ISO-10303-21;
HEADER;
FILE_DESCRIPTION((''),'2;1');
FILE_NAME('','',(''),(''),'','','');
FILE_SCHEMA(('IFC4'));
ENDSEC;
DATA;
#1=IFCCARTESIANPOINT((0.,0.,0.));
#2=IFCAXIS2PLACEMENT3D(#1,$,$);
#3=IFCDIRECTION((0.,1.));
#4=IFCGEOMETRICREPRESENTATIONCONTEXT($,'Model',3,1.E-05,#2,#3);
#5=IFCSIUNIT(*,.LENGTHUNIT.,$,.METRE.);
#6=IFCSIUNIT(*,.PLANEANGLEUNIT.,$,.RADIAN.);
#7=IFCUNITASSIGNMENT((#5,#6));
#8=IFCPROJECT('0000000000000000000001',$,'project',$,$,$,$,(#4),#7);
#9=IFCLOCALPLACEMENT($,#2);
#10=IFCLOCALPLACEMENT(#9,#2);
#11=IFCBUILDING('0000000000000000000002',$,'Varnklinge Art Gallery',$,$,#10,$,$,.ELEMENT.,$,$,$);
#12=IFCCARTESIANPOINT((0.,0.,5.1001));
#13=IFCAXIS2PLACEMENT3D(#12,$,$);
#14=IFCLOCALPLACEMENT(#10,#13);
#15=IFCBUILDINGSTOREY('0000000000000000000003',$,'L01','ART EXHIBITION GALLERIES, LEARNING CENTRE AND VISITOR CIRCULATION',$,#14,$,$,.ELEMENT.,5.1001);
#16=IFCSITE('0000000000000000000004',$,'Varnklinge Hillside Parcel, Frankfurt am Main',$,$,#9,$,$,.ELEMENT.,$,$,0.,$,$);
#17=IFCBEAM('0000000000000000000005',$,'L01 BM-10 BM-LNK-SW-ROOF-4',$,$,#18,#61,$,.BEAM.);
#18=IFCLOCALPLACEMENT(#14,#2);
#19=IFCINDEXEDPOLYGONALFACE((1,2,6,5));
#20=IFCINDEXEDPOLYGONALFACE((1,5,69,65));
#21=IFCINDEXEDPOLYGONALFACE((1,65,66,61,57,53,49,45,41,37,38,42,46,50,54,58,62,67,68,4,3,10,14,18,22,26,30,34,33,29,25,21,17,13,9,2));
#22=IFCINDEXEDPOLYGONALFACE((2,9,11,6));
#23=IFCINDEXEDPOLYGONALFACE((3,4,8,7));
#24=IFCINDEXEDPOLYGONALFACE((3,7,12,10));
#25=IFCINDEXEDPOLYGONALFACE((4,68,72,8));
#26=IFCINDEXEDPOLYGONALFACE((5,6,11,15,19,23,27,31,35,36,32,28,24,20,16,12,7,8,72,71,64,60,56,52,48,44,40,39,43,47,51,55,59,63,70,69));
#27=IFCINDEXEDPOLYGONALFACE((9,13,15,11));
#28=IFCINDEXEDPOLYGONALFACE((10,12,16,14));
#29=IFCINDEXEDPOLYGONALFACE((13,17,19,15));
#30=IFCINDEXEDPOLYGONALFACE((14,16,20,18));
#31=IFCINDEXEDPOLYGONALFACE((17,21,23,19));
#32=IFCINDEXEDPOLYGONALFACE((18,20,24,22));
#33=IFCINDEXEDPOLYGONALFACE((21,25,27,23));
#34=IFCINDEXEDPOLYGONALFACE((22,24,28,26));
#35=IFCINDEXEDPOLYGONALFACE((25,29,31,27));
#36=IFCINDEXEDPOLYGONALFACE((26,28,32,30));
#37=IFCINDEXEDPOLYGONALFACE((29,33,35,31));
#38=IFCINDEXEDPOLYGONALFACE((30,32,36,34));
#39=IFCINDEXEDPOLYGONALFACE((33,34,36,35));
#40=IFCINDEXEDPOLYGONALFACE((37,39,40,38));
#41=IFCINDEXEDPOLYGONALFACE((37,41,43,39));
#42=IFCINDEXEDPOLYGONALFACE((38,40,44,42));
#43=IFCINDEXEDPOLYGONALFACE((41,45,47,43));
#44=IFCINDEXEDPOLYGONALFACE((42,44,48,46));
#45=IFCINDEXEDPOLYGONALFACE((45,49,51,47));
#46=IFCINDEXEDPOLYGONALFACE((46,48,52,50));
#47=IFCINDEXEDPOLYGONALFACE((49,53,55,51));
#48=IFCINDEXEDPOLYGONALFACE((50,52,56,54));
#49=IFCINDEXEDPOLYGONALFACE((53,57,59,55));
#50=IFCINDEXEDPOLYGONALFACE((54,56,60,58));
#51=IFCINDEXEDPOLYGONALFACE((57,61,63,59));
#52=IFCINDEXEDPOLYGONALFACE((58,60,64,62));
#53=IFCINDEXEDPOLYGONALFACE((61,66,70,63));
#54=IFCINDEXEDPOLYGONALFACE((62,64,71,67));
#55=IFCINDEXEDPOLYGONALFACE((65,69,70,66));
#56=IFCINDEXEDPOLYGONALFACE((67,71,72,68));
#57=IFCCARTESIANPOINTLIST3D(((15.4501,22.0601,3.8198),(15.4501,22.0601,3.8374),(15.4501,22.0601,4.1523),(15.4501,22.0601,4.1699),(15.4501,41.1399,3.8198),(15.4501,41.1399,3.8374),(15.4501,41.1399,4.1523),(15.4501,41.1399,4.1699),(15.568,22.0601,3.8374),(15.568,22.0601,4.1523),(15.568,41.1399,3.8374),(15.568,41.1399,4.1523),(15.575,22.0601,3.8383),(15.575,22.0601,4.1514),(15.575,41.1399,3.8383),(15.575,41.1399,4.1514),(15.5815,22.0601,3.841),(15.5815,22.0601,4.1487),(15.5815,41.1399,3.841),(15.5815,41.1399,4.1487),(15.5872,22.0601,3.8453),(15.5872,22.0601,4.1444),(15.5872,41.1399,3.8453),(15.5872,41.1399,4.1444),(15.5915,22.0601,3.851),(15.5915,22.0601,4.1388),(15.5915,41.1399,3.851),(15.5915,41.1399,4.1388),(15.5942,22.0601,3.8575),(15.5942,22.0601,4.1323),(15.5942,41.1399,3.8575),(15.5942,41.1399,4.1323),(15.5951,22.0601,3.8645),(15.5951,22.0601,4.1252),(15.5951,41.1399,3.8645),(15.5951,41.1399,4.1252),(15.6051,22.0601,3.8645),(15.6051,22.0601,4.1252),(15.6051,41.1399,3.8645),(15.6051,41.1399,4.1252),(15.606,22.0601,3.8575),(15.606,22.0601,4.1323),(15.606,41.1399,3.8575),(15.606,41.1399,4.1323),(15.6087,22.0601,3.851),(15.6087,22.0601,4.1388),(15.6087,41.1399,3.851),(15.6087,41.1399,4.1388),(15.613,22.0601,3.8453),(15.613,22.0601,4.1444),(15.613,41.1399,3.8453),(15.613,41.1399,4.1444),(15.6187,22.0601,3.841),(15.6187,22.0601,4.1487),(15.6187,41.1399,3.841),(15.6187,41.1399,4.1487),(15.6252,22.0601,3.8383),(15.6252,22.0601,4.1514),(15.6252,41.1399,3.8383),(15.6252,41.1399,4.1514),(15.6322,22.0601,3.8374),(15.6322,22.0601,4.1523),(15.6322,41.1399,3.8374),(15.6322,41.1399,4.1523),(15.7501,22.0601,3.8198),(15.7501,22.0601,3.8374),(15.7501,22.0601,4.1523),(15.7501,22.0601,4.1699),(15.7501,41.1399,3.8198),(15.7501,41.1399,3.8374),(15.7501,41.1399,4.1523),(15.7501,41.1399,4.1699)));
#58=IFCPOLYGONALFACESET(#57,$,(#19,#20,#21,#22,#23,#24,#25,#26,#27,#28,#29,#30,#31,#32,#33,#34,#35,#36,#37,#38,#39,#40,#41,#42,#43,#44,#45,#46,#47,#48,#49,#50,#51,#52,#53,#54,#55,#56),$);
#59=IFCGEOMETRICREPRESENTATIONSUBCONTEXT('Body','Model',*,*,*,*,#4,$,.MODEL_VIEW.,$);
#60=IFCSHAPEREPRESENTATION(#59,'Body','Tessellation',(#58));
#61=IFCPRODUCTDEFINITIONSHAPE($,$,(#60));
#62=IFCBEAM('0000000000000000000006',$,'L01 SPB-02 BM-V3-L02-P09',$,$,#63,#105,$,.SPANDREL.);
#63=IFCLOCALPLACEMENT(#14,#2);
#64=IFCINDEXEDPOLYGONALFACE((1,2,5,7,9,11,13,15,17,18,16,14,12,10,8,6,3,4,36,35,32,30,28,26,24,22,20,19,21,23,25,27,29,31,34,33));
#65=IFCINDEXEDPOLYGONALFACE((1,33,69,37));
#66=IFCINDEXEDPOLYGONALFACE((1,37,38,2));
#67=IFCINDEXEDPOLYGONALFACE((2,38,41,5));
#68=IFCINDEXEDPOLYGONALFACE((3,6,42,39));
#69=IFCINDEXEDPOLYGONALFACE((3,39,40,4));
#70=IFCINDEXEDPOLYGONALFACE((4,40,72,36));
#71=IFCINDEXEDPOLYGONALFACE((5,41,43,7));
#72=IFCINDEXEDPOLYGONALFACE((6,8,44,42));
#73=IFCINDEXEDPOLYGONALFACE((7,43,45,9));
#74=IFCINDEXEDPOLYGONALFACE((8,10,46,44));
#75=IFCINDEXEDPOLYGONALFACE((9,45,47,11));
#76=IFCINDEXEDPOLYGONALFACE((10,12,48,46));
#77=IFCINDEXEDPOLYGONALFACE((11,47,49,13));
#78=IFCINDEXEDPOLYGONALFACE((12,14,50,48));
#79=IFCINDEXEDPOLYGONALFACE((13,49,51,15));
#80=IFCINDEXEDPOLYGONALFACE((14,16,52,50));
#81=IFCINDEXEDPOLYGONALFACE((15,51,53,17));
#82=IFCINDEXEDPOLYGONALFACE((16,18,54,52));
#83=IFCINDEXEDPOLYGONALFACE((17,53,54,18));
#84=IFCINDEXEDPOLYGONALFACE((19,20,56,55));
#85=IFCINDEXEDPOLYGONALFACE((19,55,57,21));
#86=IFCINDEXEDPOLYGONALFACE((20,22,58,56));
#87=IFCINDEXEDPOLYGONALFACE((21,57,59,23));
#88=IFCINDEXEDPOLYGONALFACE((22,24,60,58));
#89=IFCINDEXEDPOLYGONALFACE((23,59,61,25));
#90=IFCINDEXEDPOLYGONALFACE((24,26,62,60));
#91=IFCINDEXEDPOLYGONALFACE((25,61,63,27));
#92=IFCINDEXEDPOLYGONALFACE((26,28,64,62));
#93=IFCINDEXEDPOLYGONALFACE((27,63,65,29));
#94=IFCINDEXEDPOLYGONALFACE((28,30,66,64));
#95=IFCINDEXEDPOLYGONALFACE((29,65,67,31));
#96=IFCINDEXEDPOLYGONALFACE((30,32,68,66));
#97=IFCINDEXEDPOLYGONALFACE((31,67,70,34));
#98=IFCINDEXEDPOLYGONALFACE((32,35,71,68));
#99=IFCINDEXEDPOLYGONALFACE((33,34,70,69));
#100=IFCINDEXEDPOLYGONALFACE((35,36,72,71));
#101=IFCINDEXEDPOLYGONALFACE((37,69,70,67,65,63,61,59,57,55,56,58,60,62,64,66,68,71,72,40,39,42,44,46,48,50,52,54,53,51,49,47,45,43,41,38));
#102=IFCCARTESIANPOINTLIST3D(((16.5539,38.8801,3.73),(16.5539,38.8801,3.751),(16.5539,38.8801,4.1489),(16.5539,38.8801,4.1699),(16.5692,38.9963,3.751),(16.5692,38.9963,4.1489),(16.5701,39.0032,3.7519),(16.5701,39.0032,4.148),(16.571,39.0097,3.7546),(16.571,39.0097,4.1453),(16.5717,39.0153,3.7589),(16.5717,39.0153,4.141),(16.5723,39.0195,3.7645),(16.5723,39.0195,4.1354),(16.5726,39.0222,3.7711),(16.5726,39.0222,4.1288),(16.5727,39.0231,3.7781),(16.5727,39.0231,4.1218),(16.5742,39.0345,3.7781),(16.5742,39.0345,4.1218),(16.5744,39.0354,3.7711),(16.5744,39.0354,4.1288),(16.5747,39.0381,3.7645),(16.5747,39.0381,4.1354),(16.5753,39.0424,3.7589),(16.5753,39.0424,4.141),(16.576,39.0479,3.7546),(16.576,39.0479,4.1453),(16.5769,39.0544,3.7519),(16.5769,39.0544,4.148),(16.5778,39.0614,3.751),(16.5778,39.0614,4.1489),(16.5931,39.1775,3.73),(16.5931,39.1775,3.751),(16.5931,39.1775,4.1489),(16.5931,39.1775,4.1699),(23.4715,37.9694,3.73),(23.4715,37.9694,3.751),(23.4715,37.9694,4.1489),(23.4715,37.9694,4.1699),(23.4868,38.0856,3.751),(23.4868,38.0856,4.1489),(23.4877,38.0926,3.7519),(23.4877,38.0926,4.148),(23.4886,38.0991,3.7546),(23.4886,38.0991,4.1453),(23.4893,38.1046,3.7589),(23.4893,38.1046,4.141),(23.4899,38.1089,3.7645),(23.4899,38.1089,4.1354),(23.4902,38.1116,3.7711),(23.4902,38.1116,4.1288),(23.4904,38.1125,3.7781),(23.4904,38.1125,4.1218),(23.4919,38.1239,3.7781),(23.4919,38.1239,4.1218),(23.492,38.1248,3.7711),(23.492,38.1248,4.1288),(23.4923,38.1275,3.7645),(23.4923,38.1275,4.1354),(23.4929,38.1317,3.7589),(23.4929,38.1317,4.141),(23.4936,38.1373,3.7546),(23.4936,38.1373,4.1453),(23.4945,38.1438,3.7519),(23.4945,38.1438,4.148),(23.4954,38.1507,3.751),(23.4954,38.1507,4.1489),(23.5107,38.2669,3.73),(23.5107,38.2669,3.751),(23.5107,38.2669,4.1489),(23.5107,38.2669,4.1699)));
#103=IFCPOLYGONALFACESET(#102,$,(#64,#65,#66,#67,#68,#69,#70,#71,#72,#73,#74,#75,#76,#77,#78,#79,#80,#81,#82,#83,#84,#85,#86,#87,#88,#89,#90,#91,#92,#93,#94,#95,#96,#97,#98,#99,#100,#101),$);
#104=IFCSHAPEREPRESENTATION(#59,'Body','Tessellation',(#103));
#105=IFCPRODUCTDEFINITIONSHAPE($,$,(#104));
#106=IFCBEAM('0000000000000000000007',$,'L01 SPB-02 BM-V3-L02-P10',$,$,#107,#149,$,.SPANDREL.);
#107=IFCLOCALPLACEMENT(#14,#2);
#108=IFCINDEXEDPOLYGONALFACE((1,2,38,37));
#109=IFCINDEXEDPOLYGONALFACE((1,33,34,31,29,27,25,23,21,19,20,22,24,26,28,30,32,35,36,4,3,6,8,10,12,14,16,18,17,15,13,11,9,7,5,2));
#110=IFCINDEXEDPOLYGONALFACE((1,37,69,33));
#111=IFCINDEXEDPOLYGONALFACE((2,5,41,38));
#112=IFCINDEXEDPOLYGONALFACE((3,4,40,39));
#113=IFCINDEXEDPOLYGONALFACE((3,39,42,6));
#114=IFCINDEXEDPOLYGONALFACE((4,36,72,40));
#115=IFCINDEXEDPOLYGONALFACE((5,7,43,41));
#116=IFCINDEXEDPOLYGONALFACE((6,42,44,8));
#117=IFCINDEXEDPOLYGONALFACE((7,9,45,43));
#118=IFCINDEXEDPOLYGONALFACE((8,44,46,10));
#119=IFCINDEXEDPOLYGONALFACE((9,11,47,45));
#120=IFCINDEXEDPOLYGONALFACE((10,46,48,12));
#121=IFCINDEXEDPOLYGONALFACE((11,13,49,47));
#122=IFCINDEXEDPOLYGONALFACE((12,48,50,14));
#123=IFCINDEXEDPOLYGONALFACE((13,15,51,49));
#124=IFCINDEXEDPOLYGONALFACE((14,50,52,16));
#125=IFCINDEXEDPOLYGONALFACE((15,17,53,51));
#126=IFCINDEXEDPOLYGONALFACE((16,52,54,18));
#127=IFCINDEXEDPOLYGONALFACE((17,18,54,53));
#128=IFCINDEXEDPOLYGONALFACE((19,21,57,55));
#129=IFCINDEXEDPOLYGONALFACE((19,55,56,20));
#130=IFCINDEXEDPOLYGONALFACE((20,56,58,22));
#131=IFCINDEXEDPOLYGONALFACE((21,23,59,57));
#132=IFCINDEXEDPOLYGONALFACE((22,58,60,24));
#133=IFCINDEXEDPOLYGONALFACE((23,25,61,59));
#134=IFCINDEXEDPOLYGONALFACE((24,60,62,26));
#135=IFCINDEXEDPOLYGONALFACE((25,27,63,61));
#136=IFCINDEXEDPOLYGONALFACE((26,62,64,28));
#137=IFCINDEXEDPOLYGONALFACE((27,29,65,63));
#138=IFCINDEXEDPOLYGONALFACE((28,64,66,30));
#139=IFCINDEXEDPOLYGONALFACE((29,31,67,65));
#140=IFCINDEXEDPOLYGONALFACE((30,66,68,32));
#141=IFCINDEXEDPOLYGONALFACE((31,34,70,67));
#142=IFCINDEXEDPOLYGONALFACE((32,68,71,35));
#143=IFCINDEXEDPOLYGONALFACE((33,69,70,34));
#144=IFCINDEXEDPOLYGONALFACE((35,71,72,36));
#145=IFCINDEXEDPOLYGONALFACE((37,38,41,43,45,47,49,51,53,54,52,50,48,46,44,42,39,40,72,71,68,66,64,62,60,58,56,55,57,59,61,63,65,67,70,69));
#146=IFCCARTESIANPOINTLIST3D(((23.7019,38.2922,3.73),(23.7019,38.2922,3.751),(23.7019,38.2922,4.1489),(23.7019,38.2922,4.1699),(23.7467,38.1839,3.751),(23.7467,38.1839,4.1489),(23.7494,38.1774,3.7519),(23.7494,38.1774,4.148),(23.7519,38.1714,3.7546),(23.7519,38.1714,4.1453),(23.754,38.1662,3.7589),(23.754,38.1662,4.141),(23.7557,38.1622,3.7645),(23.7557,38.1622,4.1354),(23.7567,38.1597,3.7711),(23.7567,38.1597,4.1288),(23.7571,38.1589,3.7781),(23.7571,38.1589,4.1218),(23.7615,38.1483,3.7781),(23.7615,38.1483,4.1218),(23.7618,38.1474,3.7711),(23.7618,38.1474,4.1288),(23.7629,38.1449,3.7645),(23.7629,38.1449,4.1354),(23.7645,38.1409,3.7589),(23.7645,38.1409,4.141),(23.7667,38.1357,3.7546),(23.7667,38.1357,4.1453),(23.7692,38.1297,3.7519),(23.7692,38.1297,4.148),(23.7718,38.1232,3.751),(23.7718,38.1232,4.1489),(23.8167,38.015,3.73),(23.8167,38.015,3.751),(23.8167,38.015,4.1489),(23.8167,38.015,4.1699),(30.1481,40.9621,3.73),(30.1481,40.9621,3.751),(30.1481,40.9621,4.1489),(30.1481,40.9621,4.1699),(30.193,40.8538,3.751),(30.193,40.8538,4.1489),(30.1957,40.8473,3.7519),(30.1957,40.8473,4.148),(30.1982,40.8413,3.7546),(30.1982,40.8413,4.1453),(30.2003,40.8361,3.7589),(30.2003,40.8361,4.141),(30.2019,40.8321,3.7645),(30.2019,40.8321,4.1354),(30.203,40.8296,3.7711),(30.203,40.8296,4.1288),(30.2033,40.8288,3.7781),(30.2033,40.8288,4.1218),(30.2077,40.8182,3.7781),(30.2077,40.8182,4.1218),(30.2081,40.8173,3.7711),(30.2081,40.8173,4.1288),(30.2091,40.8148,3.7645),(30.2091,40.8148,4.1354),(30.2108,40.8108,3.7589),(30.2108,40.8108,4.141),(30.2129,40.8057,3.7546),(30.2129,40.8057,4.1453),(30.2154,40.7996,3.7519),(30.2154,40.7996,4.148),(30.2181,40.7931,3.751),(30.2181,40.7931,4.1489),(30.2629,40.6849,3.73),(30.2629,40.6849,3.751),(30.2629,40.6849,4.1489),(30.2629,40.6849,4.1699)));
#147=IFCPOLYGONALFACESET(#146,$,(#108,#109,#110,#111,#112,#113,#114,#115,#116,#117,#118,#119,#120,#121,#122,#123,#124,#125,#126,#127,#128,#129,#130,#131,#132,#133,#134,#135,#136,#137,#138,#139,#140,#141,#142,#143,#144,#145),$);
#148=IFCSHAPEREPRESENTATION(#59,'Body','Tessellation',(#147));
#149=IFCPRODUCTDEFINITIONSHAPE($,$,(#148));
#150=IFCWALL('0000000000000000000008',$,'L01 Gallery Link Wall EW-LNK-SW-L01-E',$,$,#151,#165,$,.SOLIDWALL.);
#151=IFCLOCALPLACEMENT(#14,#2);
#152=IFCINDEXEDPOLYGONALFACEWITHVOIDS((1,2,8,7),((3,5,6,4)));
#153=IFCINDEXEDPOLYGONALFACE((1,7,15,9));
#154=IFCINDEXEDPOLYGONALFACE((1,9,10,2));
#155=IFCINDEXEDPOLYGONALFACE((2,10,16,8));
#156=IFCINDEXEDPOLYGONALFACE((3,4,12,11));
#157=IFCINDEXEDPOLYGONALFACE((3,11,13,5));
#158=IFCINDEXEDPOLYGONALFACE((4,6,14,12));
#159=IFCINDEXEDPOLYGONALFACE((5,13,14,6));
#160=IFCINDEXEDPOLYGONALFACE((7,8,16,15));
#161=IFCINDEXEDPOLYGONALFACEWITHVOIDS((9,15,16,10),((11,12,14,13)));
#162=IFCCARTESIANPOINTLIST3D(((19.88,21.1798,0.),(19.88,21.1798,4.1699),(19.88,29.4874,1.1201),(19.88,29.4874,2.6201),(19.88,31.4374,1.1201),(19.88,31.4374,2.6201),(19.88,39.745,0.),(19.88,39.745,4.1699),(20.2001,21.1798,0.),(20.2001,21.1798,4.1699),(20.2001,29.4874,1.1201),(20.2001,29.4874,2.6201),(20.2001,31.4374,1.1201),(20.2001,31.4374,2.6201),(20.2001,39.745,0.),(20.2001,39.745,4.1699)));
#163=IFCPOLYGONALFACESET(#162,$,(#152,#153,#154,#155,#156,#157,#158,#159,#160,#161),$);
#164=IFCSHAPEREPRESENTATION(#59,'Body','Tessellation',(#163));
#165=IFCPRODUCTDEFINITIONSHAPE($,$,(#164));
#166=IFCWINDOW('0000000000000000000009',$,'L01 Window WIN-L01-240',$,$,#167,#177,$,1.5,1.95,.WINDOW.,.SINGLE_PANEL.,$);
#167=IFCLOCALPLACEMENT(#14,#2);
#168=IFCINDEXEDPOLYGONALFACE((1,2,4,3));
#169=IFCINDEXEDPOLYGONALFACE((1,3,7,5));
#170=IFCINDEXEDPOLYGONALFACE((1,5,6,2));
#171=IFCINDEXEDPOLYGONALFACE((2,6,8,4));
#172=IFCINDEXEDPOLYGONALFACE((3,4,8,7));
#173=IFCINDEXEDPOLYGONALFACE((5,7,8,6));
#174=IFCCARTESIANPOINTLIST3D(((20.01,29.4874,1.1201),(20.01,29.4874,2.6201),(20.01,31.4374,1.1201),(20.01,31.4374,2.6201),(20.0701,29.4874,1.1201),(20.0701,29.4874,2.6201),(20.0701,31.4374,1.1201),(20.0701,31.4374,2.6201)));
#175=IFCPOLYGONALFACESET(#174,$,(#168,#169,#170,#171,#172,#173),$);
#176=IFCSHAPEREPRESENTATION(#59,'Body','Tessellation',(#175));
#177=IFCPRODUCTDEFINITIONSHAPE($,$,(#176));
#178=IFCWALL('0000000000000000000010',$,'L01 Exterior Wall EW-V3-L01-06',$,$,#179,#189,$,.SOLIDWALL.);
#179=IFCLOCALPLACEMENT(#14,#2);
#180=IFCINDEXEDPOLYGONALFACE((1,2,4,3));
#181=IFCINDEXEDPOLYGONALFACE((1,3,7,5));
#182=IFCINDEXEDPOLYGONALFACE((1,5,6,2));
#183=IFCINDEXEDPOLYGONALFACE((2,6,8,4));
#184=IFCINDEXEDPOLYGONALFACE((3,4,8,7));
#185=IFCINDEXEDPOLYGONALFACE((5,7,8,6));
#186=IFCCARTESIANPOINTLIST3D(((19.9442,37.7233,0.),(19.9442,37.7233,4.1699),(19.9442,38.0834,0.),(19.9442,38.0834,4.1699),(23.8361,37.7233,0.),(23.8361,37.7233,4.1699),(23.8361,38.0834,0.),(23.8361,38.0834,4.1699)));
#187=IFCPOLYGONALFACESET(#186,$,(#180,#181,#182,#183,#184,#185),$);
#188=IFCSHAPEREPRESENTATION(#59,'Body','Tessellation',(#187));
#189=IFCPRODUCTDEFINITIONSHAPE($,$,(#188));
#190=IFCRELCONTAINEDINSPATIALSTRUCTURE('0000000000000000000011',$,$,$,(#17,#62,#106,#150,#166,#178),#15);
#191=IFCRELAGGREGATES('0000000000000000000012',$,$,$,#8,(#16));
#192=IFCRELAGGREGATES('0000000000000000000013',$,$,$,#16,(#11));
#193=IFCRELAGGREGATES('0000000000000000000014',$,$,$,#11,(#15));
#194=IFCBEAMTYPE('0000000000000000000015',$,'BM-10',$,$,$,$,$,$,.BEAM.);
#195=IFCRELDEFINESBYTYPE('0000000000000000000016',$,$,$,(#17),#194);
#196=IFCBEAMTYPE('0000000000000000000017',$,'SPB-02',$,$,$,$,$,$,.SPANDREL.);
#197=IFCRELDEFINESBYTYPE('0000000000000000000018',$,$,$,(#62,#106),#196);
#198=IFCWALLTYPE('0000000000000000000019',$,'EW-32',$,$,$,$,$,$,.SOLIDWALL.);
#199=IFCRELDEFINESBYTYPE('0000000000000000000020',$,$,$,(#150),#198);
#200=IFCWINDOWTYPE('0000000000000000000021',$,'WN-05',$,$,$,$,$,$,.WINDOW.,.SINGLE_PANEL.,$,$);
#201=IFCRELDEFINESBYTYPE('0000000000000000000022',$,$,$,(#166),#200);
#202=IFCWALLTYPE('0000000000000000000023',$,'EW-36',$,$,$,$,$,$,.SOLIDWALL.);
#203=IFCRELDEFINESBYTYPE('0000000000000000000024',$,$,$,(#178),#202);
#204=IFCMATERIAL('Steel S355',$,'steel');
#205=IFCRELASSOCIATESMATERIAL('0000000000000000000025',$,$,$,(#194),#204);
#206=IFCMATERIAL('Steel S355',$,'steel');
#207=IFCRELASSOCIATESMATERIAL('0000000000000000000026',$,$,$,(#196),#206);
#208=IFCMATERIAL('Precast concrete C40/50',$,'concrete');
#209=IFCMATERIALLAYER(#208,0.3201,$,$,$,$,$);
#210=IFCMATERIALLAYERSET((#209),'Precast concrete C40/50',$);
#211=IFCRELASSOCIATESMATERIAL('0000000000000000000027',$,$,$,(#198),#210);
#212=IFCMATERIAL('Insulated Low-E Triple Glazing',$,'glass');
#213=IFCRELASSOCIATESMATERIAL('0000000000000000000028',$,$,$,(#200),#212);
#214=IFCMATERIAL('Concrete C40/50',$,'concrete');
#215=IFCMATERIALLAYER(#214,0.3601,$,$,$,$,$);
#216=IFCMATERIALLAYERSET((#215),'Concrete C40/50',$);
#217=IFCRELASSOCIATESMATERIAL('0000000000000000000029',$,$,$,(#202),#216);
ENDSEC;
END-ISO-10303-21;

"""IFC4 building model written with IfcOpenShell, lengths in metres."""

from ifc_helpers import new_model, si_unit, direction, frame, frame_2d, origin, origin_2d, place, context, subcontext, project, spatial, rectangle, i_section, extrude, material, layer, layer_set, material_profile, profile_set, type_object, element, fill, save


model = new_model("IFC4")

# Units and contexts
model_context = context("Model", 3, precision=1e-05, world=origin(), true_north=direction((0.0, 1.0)))
body_context = subcontext(model_context, "Body", "Model", "MODEL_VIEW")
ifc_project = project(units=[si_unit("LENGTHUNIT", "METRE"), si_unit("PLANEANGLEUNIT", "RADIAN")], contexts=[model_context])

# Site, building, storey
site_placement = place(None, origin())
site = spatial("IfcSite", under=ifc_project, at=site_placement, Name="Varnklinge Hillside Parcel, Frankfurt am Main", CompositionType="ELEMENT", RefElevation=0.0)
building_placement = place(site_placement, origin())
building = spatial("IfcBuilding", under=site, at=building_placement, Name="Varnklinge Art Gallery", CompositionType="ELEMENT")
storey_placement = place(building_placement, frame((0.0, 0.0, 5.1001)))
storey = spatial("IfcBuildingStorey", under=building, at=storey_placement, Name="L01", Description="ART EXHIBITION GALLERIES, LEARNING CENTRE AND VISITOR CIRCULATION", CompositionType="ELEMENT", Elevation=5.1001)

# Beams
ifc_material_1 = material(Name="Steel S355", Category="steel")
ifc_material_profile_1 = material_profile(ifc_material_1, i_section(OverallWidth=0.3, OverallDepth=0.3501, WebThickness=0.01, FlangeThickness=0.0176, FilletRadius=0.0271, at=origin_2d()), Name="HEA 360")
ifc_profile_set_1 = profile_set([ifc_material_profile_1], Name="Steel S355")
beam_type_1 = type_object("IfcBeamType", Name="BM-10", PredefinedType="BEAM", material=ifc_profile_set_1)
beam_1_placement = place(storey_placement, frame((15.6001, 41.1399, 3.9949), z_axis=(0.0, -1.0, 0.0), x_axis=(1.0, 0.0, 0.0)))
element("IfcBeam", 1, at=beam_1_placement, inside=storey, type_object=beam_type_1, Name="L01 BM-10 BM-LNK-SW-ROOF-4", PredefinedType="BEAM", context=body_context, shape_type="SweptSolid", body=[
    extrude(i_section(OverallWidth=0.3, OverallDepth=0.3501, WebThickness=0.01, FlangeThickness=0.0176, FilletRadius=0.0271, at=origin_2d()), origin(), (0.0, 0.0, 1.0), 19.0798),
])
ifc_material_2 = material(Name="Steel S355", Category="steel")
ifc_material_profile_2 = material_profile(ifc_material_2, i_section(OverallWidth=0.3, OverallDepth=0.4399, WebThickness=0.0115, FlangeThickness=0.021, FilletRadius=0.0271, at=origin_2d()), Name="HEA 450")
ifc_profile_set_2 = profile_set([ifc_material_profile_2], Name="Steel S355")
beam_type_2 = type_object("IfcBeamType", Name="SPB-02", PredefinedType="SPANDREL", material=ifc_profile_set_2)
for number, where, z_axis, x_axis, name in (
    (2, (16.5735, 39.0288, 3.95), (0.991447, -0.130513, 0.0), (0.130513, 0.991447, 0.0), "L01 SPB-02 BM-V3-L02-P09"),
    (3, (23.7593, 38.1536, 3.95), (0.923891, 0.382657, 0.0), (-0.382657, 0.923891, 0.0), "L01 SPB-02 BM-V3-L02-P10"),
):
    element("IfcBeam", number, at=place(storey_placement, frame(where, z_axis=z_axis, x_axis=x_axis)), inside=storey, type_object=beam_type_2, Name=name, PredefinedType="SPANDREL", context=body_context, shape_type="SweptSolid", body=[
        extrude(i_section(OverallWidth=0.3, OverallDepth=0.4399, WebThickness=0.0115, FlangeThickness=0.021, FilletRadius=0.0271, at=origin_2d()), origin(), (0.0, 0.0, 1.0), 6.9773),
    ])

# Wall, opening, window
ifc_material_3 = material(Name="Precast concrete C40/50", Category="concrete")
ifc_layer_1 = layer(ifc_material_3, 0.3201)
ifc_layer_set_1 = layer_set([ifc_layer_1], Name="Precast concrete C40/50")
wall_type_1 = type_object("IfcWallType", Name="EW-32", PredefinedType="SOLIDWALL", material=ifc_layer_set_1)
wall_1_placement = place(storey_placement, frame((20.04, 39.7451, 0.0), z_axis=(0.0, 0.0, 1.0), x_axis=(0.0, -1.0, 0.0)))
wall_1 = element("IfcWall", 4, at=wall_1_placement, inside=storey, type_object=wall_type_1, Name="L01 Gallery Link Wall EW-LNK-SW-L01-E", PredefinedType="SOLIDWALL", context=body_context, shape_type="SweptSolid", body=[
    extrude(rectangle(XDim=18.5652, YDim=0.3201, at=frame_2d((9.2827, 0.0))), origin(), (0.0, 0.0, 1.0), 4.1699),
])
opening_1_placement = place(wall_1_placement, frame((8.3076, 0.0, 1.1201)))
opening_1 = element("IfcOpeningElement", 5, at=opening_1_placement, cuts=wall_1, PredefinedType="OPENING", context=body_context, shape_type="SweptSolid", body=[
    extrude(rectangle(XDim=1.95, YDim=1.5, at=frame_2d((0.9751, 0.75))), frame((0.0, 0.1702, 0.0), z_axis=(0.0, -1.0, 0.0), x_axis=(1.0, 0.0, 0.0)), (0.0, 0.0, 1.0), 0.3401),
])
ifc_material_4 = material(Name="Insulated Low-E Triple Glazing", Category="glass")
window_type = type_object("IfcWindowType", Name="WN-05", PartitioningType="SINGLE_PANEL", PredefinedType="WINDOW", material=ifc_material_4)
window_placement = place(opening_1_placement, origin())
window = element("IfcWindow", 6, at=window_placement, inside=storey, type_object=window_type, Name="L01 Window WIN-L01-240", OverallHeight=1.5, OverallWidth=1.95, PartitioningType="SINGLE_PANEL", PredefinedType="WINDOW", context=body_context, shape_type="SweptSolid", body=[
    extrude(rectangle(XDim=1.95, YDim=1.5, at=frame_2d((0.9751, 0.75))), frame((0.0, 0.03, 0.0), z_axis=(0.0, -1.0, 0.0), x_axis=(1.0, 0.0, 0.0)), (0.0, 0.0, 1.0), 0.0601),
])
fill(opening_1, window)

# Wall
ifc_material_5 = material(Name="Concrete C40/50", Category="concrete")
ifc_layer_2 = layer(ifc_material_5, 0.3601)
ifc_layer_set_2 = layer_set([ifc_layer_2], Name="Concrete C40/50")
wall_type_2 = type_object("IfcWallType", Name="EW-36", PredefinedType="SOLIDWALL", material=ifc_layer_set_2)
wall_2_placement = place(storey_placement, frame((23.8359, 37.9033, 0.0), z_axis=(0.0, 0.0, 1.0), x_axis=(-1.0, 0.0, 0.0)))
element("IfcWall", 7, at=wall_2_placement, inside=storey, type_object=wall_type_2, Name="L01 Exterior Wall EW-V3-L01-06", PredefinedType="SOLIDWALL", context=body_context, shape_type="SweptSolid", body=[
    extrude(rectangle(XDim=3.8918, YDim=0.3601, at=frame_2d((1.9458, 0.0))), origin(), (0.0, 0.0, 1.0), 4.1699),
])

save(model, "model.ifc")
